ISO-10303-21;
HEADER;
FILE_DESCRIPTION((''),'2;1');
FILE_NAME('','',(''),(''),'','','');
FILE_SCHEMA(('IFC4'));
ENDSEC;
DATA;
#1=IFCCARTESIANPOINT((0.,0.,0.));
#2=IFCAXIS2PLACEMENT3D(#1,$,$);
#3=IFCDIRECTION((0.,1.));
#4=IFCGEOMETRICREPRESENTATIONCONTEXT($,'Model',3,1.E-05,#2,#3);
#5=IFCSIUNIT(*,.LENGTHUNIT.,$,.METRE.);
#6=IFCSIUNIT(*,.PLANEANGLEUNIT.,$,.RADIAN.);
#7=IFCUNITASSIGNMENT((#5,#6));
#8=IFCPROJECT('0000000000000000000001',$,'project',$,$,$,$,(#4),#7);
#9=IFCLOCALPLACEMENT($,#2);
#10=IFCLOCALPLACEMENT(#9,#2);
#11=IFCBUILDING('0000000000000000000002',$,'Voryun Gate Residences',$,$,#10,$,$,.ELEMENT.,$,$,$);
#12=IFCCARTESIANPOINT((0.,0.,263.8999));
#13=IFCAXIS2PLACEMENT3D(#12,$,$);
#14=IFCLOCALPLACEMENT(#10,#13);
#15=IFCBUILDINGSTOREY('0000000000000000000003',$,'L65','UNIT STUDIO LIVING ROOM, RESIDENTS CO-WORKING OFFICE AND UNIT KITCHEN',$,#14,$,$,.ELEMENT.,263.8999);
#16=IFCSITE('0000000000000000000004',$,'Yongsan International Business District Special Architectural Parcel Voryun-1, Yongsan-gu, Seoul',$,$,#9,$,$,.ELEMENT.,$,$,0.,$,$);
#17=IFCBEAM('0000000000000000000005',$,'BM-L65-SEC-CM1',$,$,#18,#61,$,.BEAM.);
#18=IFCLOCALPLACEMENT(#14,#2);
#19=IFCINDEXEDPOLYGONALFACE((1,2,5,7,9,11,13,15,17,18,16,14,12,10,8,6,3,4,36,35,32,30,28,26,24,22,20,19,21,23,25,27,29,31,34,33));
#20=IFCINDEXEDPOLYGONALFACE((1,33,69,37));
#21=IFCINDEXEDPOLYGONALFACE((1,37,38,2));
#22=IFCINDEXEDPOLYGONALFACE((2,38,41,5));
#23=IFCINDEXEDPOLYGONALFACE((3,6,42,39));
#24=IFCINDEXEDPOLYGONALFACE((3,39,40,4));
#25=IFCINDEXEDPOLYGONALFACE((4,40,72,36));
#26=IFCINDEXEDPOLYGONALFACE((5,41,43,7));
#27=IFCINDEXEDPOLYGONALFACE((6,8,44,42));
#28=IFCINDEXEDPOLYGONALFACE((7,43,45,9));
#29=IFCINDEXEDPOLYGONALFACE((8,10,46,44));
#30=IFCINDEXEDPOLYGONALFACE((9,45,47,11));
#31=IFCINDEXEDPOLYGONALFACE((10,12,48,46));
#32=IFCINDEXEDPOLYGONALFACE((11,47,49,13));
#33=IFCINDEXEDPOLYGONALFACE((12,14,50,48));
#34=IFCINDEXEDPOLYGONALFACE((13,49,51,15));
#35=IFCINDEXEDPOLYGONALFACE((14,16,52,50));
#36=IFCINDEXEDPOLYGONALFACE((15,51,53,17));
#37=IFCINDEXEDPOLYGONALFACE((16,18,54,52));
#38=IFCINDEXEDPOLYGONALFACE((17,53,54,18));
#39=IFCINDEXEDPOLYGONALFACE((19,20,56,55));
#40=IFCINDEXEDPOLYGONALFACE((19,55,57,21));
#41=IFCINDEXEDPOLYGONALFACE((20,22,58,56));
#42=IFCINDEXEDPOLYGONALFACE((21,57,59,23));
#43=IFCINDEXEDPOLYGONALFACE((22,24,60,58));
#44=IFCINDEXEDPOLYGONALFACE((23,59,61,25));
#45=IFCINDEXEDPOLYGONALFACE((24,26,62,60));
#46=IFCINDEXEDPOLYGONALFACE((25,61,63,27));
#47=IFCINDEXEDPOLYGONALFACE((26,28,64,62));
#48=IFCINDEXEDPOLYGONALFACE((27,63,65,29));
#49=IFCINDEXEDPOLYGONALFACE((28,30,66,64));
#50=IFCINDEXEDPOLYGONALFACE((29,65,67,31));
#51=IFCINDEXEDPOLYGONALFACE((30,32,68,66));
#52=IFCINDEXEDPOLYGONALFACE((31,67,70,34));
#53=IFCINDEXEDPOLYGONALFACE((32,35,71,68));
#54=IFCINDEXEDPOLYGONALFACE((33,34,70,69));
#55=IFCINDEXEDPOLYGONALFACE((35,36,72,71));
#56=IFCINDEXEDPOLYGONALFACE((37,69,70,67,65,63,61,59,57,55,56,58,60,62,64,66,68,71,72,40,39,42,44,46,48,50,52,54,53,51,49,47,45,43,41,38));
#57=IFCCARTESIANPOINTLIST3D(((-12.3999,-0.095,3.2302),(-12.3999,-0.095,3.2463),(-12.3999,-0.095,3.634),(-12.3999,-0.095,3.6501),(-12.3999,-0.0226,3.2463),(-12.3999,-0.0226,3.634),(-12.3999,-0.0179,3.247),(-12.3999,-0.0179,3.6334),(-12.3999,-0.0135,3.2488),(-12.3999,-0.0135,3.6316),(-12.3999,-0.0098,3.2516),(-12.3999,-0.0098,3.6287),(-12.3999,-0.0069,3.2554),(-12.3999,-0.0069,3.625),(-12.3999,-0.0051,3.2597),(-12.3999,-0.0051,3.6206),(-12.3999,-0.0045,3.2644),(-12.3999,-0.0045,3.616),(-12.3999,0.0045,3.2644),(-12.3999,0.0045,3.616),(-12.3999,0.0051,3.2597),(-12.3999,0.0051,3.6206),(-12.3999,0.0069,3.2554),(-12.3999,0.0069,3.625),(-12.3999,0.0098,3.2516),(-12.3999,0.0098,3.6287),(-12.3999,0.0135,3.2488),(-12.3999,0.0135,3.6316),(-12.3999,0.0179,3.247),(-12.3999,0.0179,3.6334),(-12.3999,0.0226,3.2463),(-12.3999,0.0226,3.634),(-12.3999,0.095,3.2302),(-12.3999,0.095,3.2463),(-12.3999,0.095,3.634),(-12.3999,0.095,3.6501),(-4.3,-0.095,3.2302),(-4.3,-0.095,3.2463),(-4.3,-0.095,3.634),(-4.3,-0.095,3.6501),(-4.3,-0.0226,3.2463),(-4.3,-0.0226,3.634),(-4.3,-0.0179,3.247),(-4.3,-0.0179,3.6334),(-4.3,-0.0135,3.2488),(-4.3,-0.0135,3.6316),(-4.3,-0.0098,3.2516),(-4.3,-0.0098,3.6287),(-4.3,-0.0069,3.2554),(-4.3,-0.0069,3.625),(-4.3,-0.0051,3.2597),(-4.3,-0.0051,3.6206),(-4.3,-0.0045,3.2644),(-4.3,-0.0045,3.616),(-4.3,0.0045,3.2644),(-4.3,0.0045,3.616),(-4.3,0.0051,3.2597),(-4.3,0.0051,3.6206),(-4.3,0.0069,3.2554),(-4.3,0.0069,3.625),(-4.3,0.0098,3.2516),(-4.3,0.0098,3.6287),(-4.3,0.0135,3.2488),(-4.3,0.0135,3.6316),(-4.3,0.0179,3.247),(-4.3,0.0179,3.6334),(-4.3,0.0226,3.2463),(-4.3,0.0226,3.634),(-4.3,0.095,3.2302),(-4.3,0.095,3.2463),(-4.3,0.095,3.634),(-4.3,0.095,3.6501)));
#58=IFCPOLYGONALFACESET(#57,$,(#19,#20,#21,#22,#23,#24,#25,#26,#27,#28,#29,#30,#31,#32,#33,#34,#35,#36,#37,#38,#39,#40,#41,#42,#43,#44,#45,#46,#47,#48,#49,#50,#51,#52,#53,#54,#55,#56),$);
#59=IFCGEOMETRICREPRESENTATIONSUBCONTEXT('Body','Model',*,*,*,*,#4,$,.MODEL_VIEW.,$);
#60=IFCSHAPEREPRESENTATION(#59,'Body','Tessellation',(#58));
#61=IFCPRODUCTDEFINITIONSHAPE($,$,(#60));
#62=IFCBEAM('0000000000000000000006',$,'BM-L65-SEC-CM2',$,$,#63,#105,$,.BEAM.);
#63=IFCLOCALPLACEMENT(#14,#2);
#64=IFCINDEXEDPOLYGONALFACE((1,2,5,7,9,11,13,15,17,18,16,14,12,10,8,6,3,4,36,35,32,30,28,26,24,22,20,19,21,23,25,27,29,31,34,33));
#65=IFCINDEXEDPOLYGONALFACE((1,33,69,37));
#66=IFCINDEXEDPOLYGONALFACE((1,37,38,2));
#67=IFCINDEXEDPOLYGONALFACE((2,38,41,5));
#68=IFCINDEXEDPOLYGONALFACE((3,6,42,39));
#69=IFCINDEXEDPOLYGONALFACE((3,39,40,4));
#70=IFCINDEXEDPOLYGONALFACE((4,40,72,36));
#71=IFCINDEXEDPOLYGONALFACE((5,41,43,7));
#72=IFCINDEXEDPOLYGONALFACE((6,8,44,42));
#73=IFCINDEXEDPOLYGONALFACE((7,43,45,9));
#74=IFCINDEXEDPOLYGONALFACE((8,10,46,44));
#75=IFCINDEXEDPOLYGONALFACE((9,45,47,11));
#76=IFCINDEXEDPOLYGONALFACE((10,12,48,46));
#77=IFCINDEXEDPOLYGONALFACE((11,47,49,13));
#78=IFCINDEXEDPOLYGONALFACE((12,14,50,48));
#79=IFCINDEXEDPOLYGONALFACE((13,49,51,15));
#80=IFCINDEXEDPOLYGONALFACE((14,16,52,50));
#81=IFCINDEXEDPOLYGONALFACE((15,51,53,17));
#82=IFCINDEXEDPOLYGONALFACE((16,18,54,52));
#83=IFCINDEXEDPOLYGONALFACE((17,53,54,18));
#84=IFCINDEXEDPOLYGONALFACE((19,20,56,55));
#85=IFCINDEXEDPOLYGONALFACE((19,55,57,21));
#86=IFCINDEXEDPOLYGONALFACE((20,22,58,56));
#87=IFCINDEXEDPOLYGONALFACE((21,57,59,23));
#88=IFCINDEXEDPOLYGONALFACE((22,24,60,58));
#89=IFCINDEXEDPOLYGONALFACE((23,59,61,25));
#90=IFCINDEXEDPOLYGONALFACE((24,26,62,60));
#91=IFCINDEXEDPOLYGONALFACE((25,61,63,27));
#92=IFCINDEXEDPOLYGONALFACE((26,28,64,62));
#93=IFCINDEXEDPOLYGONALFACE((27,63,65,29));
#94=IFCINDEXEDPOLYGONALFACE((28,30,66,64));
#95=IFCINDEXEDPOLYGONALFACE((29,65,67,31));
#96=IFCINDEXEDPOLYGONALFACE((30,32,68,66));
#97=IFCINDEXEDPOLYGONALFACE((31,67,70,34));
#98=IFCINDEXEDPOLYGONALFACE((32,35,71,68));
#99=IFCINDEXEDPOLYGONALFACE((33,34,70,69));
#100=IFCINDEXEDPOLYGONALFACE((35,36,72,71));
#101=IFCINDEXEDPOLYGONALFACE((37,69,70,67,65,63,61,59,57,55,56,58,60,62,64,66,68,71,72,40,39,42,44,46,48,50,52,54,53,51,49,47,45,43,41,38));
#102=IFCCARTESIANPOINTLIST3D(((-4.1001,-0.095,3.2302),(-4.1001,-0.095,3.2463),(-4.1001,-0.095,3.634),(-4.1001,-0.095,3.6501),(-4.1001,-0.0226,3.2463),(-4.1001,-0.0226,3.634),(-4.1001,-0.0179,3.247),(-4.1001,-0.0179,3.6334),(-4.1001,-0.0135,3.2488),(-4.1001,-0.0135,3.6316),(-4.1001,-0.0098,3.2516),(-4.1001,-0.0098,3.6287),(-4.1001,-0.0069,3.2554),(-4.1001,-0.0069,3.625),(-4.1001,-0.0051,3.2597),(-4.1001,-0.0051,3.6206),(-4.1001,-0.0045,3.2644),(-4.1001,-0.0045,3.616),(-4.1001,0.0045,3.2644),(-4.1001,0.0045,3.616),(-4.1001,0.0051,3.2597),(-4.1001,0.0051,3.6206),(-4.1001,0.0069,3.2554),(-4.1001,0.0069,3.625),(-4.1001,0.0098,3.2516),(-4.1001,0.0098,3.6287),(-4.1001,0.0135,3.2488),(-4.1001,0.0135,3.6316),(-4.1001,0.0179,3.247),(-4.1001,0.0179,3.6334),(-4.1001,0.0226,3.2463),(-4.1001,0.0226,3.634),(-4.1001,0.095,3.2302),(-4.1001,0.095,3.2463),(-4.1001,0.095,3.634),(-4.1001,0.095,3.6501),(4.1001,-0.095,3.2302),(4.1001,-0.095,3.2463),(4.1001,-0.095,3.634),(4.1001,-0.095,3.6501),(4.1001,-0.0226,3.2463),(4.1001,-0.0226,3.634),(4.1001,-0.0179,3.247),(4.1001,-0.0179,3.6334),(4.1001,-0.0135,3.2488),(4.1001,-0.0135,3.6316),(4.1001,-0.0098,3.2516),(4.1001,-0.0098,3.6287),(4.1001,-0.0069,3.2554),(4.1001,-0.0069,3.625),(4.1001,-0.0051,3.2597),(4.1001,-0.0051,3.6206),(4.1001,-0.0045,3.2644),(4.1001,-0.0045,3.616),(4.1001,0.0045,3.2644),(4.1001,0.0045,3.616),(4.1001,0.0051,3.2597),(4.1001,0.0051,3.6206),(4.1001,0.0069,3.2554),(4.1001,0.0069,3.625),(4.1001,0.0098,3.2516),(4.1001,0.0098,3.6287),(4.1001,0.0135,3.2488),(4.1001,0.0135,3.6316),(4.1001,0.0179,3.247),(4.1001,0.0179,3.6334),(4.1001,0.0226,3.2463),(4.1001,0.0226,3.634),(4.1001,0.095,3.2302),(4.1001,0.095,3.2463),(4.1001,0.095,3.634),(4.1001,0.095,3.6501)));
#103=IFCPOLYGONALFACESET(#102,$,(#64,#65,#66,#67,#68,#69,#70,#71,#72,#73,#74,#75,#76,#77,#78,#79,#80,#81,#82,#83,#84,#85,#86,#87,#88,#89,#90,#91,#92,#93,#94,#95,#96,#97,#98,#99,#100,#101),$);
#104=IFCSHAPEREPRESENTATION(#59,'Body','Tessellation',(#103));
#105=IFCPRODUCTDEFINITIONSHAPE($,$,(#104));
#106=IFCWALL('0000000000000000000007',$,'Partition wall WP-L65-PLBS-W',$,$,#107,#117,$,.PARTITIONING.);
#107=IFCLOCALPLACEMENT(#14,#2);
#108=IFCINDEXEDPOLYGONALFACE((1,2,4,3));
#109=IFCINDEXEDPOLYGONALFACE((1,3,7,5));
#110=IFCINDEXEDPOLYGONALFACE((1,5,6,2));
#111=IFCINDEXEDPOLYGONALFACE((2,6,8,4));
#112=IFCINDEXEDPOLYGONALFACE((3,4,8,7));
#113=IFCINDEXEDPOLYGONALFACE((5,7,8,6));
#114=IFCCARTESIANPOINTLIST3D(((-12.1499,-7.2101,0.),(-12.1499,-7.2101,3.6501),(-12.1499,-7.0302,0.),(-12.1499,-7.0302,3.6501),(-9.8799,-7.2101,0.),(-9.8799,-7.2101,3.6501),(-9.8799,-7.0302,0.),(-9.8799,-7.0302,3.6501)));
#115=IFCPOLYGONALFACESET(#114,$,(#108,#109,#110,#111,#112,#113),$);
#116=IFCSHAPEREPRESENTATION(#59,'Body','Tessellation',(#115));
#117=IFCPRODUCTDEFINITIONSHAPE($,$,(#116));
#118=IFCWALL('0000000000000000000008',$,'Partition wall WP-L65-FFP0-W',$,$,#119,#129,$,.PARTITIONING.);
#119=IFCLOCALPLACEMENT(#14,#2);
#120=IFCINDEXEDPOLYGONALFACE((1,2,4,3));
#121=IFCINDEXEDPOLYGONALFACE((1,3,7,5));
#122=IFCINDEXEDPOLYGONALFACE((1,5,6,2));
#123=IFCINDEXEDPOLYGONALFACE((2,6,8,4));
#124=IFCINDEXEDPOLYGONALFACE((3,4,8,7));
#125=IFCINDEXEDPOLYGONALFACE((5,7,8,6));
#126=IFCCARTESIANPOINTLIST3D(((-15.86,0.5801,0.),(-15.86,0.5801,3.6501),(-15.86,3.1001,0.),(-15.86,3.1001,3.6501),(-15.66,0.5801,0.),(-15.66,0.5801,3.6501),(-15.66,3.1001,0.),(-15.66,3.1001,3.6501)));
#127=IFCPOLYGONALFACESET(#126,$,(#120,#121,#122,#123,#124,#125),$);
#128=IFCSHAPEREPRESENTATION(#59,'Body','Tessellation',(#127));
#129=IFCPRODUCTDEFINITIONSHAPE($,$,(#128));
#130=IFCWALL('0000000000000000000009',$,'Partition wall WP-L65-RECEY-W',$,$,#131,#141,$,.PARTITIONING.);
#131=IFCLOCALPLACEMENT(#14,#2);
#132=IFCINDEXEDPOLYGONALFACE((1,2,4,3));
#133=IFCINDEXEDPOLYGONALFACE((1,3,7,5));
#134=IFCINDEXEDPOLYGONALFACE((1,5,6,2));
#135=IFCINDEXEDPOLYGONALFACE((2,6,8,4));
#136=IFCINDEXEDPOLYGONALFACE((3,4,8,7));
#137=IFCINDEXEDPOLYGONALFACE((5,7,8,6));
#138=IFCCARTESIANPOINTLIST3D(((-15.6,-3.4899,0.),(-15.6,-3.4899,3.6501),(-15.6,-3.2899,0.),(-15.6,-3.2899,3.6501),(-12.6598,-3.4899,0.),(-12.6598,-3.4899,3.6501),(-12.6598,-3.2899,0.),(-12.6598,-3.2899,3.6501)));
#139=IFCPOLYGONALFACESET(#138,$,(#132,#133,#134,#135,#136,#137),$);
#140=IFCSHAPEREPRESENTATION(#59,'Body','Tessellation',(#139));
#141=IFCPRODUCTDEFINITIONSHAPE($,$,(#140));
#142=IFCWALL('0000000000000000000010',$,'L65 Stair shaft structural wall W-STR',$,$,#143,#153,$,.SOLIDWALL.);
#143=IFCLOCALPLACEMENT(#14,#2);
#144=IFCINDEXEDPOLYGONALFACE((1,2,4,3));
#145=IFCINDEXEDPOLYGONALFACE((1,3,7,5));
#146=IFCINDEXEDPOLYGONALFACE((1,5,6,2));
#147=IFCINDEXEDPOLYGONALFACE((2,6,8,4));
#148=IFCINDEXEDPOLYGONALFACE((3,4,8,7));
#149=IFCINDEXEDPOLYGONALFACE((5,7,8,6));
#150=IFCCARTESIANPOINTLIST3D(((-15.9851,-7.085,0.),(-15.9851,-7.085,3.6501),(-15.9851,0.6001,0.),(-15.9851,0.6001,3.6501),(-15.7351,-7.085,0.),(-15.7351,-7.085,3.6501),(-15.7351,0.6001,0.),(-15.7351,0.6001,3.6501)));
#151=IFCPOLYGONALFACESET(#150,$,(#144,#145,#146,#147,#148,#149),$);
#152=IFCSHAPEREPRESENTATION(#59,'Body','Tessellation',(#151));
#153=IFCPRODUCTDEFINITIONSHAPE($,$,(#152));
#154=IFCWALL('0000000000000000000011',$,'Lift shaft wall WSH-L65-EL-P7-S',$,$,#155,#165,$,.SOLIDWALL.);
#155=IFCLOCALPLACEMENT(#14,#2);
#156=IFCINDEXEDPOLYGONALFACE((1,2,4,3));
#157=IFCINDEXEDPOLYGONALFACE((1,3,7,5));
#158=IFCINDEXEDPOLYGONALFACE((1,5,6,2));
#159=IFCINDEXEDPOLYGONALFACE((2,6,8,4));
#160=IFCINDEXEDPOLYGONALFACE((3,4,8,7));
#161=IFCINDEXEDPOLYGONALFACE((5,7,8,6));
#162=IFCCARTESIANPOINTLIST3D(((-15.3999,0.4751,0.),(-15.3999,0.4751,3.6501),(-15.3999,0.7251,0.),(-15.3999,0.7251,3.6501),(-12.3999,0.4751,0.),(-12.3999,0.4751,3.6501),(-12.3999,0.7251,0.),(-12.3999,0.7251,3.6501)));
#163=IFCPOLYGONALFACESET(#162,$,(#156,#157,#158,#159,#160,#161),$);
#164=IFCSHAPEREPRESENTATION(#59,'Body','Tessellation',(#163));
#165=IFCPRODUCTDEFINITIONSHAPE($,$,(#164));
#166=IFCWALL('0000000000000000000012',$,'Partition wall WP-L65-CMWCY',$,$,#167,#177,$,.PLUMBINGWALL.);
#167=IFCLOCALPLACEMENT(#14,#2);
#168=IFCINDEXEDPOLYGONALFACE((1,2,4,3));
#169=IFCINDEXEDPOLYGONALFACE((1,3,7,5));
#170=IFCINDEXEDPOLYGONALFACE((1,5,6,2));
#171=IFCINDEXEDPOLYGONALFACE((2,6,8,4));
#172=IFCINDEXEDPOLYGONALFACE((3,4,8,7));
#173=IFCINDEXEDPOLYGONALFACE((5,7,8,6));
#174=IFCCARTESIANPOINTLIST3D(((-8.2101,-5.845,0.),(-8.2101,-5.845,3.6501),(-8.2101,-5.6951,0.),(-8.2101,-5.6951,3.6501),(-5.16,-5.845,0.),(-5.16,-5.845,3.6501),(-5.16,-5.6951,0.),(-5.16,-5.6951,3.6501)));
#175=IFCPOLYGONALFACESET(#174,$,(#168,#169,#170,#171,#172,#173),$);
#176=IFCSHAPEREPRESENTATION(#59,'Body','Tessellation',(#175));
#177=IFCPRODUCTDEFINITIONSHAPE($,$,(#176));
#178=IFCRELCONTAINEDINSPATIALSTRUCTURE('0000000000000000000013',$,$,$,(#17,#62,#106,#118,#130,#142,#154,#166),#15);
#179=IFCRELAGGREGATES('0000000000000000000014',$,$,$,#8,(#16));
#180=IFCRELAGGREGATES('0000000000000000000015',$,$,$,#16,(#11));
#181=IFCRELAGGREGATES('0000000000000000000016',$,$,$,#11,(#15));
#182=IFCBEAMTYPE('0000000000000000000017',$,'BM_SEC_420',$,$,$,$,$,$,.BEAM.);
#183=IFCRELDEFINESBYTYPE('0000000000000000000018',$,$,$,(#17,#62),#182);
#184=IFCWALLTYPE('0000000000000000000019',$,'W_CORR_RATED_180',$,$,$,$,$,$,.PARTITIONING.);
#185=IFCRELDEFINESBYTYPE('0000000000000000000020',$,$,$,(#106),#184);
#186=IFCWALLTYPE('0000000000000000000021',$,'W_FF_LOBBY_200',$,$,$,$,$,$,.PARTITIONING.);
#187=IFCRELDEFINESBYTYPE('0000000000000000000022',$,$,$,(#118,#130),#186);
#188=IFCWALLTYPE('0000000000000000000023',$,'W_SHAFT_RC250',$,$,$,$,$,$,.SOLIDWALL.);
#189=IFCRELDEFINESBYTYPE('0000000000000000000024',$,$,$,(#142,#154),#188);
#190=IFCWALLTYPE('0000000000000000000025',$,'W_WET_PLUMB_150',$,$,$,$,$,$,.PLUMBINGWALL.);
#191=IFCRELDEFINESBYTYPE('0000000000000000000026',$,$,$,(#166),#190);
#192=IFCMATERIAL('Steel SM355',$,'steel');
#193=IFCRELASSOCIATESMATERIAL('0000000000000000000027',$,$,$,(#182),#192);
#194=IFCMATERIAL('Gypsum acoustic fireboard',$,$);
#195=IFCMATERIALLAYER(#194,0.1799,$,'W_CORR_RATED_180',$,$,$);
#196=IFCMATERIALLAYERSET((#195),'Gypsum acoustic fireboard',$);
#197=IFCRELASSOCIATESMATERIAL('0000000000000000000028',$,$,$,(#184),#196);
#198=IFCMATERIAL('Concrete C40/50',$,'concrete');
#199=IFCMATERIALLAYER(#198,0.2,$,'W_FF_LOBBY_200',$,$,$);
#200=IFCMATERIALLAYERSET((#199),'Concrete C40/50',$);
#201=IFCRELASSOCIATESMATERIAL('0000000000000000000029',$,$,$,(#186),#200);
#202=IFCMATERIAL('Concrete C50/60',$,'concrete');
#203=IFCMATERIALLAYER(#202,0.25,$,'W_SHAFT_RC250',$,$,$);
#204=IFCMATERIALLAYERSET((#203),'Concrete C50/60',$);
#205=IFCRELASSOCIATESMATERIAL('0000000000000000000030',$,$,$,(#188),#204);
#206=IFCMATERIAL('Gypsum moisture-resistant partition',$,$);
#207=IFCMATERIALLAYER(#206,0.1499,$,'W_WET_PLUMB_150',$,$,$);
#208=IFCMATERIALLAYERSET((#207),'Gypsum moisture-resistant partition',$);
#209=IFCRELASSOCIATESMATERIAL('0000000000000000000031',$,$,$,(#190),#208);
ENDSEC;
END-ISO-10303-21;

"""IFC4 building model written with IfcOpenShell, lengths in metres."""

from ifc_helpers import new_model, si_unit, direction, frame, frame_2d, origin, origin_2d, place, context, subcontext, project, spatial, rectangle, i_section, extrude, material, layer, layer_set, material_profile, profile_set, type_object, element, save


model = new_model("IFC4")

# Units and contexts
model_context = context("Model", 3, precision=1e-05, world=origin(), true_north=direction((0.0, 1.0)))
body_context = subcontext(model_context, "Body", "Model", "MODEL_VIEW")
ifc_project = project(units=[si_unit("LENGTHUNIT", "METRE"), si_unit("PLANEANGLEUNIT", "RADIAN")], contexts=[model_context])

# Site, building, storey
site_placement = place(None, origin())
site = spatial("IfcSite", under=ifc_project, at=site_placement, Name="Yongsan International Business District Special Architectural Parcel Voryun-1, Yongsan-gu, Seoul", CompositionType="ELEMENT", RefElevation=0.0)
building_placement = place(site_placement, origin())
building = spatial("IfcBuilding", under=site, at=building_placement, Name="Voryun Gate Residences", CompositionType="ELEMENT")
storey_placement = place(building_placement, frame((0.0, 0.0, 263.8999)))
storey = spatial("IfcBuildingStorey", under=building, at=storey_placement, Name="L65", Description="UNIT STUDIO LIVING ROOM, RESIDENTS CO-WORKING OFFICE AND UNIT KITCHEN", CompositionType="ELEMENT", Elevation=263.8999)

# Beams
ifc_material_1 = material(Name="Steel SM355", Category="steel")
ifc_material_profile_1 = material_profile(ifc_material_1, i_section(OverallWidth=0.1899, OverallDepth=0.4199, WebThickness=0.009, FlangeThickness=0.0161, FilletRadius=0.0181, at=origin_2d()), Name="H-420x190x9x16")
ifc_profile_set_1 = profile_set([ifc_material_profile_1], Name="Steel SM355")
beam_type_1 = type_object("IfcBeamType", Name="BM_SEC_420", PredefinedType="BEAM", material=ifc_profile_set_1)
beam_1_placement = place(storey_placement, frame((-12.3999, 0.0, 3.4402), z_axis=(1.0, 0.0, 0.0), x_axis=(0.0, 1.0, 0.0)))
element("IfcBeam", 1, at=beam_1_placement, inside=storey, type_object=beam_type_1, Name="BM-L65-SEC-CM1", PredefinedType="BEAM", context=body_context, shape_type="SweptSolid", body=[
    extrude(i_section(OverallWidth=0.1899, OverallDepth=0.4199, WebThickness=0.009, FlangeThickness=0.0161, FilletRadius=0.0181, at=origin_2d()), origin(), (0.0, 0.0, 1.0), 8.0999),
])
beam_2_placement = place(storey_placement, frame((-4.1001, 0.0, 3.4402), z_axis=(1.0, 0.0, 0.0), x_axis=(0.0, 1.0, 0.0)))
element("IfcBeam", 2, at=beam_2_placement, inside=storey, type_object=beam_type_1, Name="BM-L65-SEC-CM2", PredefinedType="BEAM", context=body_context, shape_type="SweptSolid", body=[
    extrude(i_section(OverallWidth=0.1899, OverallDepth=0.4199, WebThickness=0.009, FlangeThickness=0.0161, FilletRadius=0.0181, at=origin_2d()), origin(), (0.0, 0.0, 1.0), 8.2002),
])

# Walls
ifc_material_2 = material(Name="Gypsum acoustic fireboard")
ifc_layer_1 = layer(ifc_material_2, 0.1799, Name="W_CORR_RATED_180")
ifc_layer_set_1 = layer_set([ifc_layer_1], Name="Gypsum acoustic fireboard")
wall_type_1 = type_object("IfcWallType", Name="W_CORR_RATED_180", PredefinedType="PARTITIONING", material=ifc_layer_set_1)
wall_1_placement = place(storey_placement, frame((-12.1499, -7.1201, 0.0), z_axis=(0.0, 0.0, 1.0), x_axis=(1.0, 0.0, 0.0)))
element("IfcWall", 3, at=wall_1_placement, inside=storey, type_object=wall_type_1, Name="Partition wall WP-L65-PLBS-W", PredefinedType="PARTITIONING", context=body_context, shape_type="SweptSolid", body=[
    extrude(rectangle(XDim=2.27, YDim=0.1799, at=frame_2d((1.135, 0.0))), origin(), (0.0, 0.0, 1.0), 3.6501),
])
ifc_material_3 = material(Name="Concrete C40/50", Category="concrete")
ifc_layer_2 = layer(ifc_material_3, 0.2, Name="W_FF_LOBBY_200")
ifc_layer_set_2 = layer_set([ifc_layer_2], Name="Concrete C40/50")
wall_type_2 = type_object("IfcWallType", Name="W_FF_LOBBY_200", PredefinedType="PARTITIONING", material=ifc_layer_set_2)
wall_2_placement = place(storey_placement, frame((-15.76, 0.5801, 0.0), z_axis=(0.0, 0.0, 1.0), x_axis=(0.0, 1.0, 0.0)))
element("IfcWall", 4, at=wall_2_placement, inside=storey, type_object=wall_type_2, Name="Partition wall WP-L65-FFP0-W", PredefinedType="PARTITIONING", context=body_context, shape_type="SweptSolid", body=[
    extrude(rectangle(XDim=2.52, YDim=0.2, at=frame_2d((1.26, 0.0))), origin(), (0.0, 0.0, 1.0), 3.6501),
])
wall_3_placement = place(storey_placement, frame((-15.6001, -3.3899, 0.0), z_axis=(0.0, 0.0, 1.0), x_axis=(1.0, 0.0, 0.0)))
element("IfcWall", 5, at=wall_3_placement, inside=storey, type_object=wall_type_2, Name="Partition wall WP-L65-RECEY-W", PredefinedType="PARTITIONING", context=body_context, shape_type="SweptSolid", body=[
    extrude(rectangle(XDim=2.9402, YDim=0.2, at=frame_2d((1.4702, 0.0))), origin(), (0.0, 0.0, 1.0), 3.6501),
])
ifc_material_4 = material(Name="Concrete C50/60", Category="concrete")
ifc_layer_3 = layer(ifc_material_4, 0.25, Name="W_SHAFT_RC250")
ifc_layer_set_3 = layer_set([ifc_layer_3], Name="Concrete C50/60")
wall_type_3 = type_object("IfcWallType", Name="W_SHAFT_RC250", PredefinedType="SOLIDWALL", material=ifc_layer_set_3)
wall_4_placement = place(storey_placement, frame((-15.8601, -7.085, 0.0), z_axis=(0.0, 0.0, 1.0), x_axis=(0.0, 1.0, 0.0)))
element("IfcWall", 6, at=wall_4_placement, inside=storey, type_object=wall_type_3, Name="L65 Stair shaft structural wall W-STR", PredefinedType="SOLIDWALL", context=body_context, shape_type="SweptSolid", body=[
    extrude(rectangle(XDim=7.6851, YDim=0.25, at=frame_2d((3.8425, 0.0))), origin(), (0.0, 0.0, 1.0), 3.6501),
])
wall_5_placement = place(storey_placement, frame((-15.3999, 0.6001, 0.0), z_axis=(0.0, 0.0, 1.0), x_axis=(1.0, 0.0, 0.0)))
element("IfcWall", 7, at=wall_5_placement, inside=storey, type_object=wall_type_3, Name="Lift shaft wall WSH-L65-EL-P7-S", PredefinedType="SOLIDWALL", context=body_context, shape_type="SweptSolid", body=[
    extrude(rectangle(XDim=3.0, YDim=0.25, at=frame_2d((1.5, 0.0))), origin(), (0.0, 0.0, 1.0), 3.6501),
])
ifc_material_5 = material(Name="Gypsum moisture-resistant partition")
ifc_layer_4 = layer(ifc_material_5, 0.1499, Name="W_WET_PLUMB_150")
ifc_layer_set_4 = layer_set([ifc_layer_4], Name="Gypsum moisture-resistant partition")
wall_type_4 = type_object("IfcWallType", Name="W_WET_PLUMB_150", PredefinedType="PLUMBINGWALL", material=ifc_layer_set_4)
wall_6_placement = place(storey_placement, frame((-8.21, -5.77, 0.0), z_axis=(0.0, 0.0, 1.0), x_axis=(1.0, 0.0, 0.0)))
element("IfcWall", 8, at=wall_6_placement, inside=storey, type_object=wall_type_4, Name="Partition wall WP-L65-CMWCY", PredefinedType="PLUMBINGWALL", context=body_context, shape_type="SweptSolid", body=[
    extrude(rectangle(XDim=3.05, YDim=0.1499, at=frame_2d((1.5249, 0.0))), origin(), (0.0, 0.0, 1.0), 3.6501),
])

save(model, "model.ifc")
